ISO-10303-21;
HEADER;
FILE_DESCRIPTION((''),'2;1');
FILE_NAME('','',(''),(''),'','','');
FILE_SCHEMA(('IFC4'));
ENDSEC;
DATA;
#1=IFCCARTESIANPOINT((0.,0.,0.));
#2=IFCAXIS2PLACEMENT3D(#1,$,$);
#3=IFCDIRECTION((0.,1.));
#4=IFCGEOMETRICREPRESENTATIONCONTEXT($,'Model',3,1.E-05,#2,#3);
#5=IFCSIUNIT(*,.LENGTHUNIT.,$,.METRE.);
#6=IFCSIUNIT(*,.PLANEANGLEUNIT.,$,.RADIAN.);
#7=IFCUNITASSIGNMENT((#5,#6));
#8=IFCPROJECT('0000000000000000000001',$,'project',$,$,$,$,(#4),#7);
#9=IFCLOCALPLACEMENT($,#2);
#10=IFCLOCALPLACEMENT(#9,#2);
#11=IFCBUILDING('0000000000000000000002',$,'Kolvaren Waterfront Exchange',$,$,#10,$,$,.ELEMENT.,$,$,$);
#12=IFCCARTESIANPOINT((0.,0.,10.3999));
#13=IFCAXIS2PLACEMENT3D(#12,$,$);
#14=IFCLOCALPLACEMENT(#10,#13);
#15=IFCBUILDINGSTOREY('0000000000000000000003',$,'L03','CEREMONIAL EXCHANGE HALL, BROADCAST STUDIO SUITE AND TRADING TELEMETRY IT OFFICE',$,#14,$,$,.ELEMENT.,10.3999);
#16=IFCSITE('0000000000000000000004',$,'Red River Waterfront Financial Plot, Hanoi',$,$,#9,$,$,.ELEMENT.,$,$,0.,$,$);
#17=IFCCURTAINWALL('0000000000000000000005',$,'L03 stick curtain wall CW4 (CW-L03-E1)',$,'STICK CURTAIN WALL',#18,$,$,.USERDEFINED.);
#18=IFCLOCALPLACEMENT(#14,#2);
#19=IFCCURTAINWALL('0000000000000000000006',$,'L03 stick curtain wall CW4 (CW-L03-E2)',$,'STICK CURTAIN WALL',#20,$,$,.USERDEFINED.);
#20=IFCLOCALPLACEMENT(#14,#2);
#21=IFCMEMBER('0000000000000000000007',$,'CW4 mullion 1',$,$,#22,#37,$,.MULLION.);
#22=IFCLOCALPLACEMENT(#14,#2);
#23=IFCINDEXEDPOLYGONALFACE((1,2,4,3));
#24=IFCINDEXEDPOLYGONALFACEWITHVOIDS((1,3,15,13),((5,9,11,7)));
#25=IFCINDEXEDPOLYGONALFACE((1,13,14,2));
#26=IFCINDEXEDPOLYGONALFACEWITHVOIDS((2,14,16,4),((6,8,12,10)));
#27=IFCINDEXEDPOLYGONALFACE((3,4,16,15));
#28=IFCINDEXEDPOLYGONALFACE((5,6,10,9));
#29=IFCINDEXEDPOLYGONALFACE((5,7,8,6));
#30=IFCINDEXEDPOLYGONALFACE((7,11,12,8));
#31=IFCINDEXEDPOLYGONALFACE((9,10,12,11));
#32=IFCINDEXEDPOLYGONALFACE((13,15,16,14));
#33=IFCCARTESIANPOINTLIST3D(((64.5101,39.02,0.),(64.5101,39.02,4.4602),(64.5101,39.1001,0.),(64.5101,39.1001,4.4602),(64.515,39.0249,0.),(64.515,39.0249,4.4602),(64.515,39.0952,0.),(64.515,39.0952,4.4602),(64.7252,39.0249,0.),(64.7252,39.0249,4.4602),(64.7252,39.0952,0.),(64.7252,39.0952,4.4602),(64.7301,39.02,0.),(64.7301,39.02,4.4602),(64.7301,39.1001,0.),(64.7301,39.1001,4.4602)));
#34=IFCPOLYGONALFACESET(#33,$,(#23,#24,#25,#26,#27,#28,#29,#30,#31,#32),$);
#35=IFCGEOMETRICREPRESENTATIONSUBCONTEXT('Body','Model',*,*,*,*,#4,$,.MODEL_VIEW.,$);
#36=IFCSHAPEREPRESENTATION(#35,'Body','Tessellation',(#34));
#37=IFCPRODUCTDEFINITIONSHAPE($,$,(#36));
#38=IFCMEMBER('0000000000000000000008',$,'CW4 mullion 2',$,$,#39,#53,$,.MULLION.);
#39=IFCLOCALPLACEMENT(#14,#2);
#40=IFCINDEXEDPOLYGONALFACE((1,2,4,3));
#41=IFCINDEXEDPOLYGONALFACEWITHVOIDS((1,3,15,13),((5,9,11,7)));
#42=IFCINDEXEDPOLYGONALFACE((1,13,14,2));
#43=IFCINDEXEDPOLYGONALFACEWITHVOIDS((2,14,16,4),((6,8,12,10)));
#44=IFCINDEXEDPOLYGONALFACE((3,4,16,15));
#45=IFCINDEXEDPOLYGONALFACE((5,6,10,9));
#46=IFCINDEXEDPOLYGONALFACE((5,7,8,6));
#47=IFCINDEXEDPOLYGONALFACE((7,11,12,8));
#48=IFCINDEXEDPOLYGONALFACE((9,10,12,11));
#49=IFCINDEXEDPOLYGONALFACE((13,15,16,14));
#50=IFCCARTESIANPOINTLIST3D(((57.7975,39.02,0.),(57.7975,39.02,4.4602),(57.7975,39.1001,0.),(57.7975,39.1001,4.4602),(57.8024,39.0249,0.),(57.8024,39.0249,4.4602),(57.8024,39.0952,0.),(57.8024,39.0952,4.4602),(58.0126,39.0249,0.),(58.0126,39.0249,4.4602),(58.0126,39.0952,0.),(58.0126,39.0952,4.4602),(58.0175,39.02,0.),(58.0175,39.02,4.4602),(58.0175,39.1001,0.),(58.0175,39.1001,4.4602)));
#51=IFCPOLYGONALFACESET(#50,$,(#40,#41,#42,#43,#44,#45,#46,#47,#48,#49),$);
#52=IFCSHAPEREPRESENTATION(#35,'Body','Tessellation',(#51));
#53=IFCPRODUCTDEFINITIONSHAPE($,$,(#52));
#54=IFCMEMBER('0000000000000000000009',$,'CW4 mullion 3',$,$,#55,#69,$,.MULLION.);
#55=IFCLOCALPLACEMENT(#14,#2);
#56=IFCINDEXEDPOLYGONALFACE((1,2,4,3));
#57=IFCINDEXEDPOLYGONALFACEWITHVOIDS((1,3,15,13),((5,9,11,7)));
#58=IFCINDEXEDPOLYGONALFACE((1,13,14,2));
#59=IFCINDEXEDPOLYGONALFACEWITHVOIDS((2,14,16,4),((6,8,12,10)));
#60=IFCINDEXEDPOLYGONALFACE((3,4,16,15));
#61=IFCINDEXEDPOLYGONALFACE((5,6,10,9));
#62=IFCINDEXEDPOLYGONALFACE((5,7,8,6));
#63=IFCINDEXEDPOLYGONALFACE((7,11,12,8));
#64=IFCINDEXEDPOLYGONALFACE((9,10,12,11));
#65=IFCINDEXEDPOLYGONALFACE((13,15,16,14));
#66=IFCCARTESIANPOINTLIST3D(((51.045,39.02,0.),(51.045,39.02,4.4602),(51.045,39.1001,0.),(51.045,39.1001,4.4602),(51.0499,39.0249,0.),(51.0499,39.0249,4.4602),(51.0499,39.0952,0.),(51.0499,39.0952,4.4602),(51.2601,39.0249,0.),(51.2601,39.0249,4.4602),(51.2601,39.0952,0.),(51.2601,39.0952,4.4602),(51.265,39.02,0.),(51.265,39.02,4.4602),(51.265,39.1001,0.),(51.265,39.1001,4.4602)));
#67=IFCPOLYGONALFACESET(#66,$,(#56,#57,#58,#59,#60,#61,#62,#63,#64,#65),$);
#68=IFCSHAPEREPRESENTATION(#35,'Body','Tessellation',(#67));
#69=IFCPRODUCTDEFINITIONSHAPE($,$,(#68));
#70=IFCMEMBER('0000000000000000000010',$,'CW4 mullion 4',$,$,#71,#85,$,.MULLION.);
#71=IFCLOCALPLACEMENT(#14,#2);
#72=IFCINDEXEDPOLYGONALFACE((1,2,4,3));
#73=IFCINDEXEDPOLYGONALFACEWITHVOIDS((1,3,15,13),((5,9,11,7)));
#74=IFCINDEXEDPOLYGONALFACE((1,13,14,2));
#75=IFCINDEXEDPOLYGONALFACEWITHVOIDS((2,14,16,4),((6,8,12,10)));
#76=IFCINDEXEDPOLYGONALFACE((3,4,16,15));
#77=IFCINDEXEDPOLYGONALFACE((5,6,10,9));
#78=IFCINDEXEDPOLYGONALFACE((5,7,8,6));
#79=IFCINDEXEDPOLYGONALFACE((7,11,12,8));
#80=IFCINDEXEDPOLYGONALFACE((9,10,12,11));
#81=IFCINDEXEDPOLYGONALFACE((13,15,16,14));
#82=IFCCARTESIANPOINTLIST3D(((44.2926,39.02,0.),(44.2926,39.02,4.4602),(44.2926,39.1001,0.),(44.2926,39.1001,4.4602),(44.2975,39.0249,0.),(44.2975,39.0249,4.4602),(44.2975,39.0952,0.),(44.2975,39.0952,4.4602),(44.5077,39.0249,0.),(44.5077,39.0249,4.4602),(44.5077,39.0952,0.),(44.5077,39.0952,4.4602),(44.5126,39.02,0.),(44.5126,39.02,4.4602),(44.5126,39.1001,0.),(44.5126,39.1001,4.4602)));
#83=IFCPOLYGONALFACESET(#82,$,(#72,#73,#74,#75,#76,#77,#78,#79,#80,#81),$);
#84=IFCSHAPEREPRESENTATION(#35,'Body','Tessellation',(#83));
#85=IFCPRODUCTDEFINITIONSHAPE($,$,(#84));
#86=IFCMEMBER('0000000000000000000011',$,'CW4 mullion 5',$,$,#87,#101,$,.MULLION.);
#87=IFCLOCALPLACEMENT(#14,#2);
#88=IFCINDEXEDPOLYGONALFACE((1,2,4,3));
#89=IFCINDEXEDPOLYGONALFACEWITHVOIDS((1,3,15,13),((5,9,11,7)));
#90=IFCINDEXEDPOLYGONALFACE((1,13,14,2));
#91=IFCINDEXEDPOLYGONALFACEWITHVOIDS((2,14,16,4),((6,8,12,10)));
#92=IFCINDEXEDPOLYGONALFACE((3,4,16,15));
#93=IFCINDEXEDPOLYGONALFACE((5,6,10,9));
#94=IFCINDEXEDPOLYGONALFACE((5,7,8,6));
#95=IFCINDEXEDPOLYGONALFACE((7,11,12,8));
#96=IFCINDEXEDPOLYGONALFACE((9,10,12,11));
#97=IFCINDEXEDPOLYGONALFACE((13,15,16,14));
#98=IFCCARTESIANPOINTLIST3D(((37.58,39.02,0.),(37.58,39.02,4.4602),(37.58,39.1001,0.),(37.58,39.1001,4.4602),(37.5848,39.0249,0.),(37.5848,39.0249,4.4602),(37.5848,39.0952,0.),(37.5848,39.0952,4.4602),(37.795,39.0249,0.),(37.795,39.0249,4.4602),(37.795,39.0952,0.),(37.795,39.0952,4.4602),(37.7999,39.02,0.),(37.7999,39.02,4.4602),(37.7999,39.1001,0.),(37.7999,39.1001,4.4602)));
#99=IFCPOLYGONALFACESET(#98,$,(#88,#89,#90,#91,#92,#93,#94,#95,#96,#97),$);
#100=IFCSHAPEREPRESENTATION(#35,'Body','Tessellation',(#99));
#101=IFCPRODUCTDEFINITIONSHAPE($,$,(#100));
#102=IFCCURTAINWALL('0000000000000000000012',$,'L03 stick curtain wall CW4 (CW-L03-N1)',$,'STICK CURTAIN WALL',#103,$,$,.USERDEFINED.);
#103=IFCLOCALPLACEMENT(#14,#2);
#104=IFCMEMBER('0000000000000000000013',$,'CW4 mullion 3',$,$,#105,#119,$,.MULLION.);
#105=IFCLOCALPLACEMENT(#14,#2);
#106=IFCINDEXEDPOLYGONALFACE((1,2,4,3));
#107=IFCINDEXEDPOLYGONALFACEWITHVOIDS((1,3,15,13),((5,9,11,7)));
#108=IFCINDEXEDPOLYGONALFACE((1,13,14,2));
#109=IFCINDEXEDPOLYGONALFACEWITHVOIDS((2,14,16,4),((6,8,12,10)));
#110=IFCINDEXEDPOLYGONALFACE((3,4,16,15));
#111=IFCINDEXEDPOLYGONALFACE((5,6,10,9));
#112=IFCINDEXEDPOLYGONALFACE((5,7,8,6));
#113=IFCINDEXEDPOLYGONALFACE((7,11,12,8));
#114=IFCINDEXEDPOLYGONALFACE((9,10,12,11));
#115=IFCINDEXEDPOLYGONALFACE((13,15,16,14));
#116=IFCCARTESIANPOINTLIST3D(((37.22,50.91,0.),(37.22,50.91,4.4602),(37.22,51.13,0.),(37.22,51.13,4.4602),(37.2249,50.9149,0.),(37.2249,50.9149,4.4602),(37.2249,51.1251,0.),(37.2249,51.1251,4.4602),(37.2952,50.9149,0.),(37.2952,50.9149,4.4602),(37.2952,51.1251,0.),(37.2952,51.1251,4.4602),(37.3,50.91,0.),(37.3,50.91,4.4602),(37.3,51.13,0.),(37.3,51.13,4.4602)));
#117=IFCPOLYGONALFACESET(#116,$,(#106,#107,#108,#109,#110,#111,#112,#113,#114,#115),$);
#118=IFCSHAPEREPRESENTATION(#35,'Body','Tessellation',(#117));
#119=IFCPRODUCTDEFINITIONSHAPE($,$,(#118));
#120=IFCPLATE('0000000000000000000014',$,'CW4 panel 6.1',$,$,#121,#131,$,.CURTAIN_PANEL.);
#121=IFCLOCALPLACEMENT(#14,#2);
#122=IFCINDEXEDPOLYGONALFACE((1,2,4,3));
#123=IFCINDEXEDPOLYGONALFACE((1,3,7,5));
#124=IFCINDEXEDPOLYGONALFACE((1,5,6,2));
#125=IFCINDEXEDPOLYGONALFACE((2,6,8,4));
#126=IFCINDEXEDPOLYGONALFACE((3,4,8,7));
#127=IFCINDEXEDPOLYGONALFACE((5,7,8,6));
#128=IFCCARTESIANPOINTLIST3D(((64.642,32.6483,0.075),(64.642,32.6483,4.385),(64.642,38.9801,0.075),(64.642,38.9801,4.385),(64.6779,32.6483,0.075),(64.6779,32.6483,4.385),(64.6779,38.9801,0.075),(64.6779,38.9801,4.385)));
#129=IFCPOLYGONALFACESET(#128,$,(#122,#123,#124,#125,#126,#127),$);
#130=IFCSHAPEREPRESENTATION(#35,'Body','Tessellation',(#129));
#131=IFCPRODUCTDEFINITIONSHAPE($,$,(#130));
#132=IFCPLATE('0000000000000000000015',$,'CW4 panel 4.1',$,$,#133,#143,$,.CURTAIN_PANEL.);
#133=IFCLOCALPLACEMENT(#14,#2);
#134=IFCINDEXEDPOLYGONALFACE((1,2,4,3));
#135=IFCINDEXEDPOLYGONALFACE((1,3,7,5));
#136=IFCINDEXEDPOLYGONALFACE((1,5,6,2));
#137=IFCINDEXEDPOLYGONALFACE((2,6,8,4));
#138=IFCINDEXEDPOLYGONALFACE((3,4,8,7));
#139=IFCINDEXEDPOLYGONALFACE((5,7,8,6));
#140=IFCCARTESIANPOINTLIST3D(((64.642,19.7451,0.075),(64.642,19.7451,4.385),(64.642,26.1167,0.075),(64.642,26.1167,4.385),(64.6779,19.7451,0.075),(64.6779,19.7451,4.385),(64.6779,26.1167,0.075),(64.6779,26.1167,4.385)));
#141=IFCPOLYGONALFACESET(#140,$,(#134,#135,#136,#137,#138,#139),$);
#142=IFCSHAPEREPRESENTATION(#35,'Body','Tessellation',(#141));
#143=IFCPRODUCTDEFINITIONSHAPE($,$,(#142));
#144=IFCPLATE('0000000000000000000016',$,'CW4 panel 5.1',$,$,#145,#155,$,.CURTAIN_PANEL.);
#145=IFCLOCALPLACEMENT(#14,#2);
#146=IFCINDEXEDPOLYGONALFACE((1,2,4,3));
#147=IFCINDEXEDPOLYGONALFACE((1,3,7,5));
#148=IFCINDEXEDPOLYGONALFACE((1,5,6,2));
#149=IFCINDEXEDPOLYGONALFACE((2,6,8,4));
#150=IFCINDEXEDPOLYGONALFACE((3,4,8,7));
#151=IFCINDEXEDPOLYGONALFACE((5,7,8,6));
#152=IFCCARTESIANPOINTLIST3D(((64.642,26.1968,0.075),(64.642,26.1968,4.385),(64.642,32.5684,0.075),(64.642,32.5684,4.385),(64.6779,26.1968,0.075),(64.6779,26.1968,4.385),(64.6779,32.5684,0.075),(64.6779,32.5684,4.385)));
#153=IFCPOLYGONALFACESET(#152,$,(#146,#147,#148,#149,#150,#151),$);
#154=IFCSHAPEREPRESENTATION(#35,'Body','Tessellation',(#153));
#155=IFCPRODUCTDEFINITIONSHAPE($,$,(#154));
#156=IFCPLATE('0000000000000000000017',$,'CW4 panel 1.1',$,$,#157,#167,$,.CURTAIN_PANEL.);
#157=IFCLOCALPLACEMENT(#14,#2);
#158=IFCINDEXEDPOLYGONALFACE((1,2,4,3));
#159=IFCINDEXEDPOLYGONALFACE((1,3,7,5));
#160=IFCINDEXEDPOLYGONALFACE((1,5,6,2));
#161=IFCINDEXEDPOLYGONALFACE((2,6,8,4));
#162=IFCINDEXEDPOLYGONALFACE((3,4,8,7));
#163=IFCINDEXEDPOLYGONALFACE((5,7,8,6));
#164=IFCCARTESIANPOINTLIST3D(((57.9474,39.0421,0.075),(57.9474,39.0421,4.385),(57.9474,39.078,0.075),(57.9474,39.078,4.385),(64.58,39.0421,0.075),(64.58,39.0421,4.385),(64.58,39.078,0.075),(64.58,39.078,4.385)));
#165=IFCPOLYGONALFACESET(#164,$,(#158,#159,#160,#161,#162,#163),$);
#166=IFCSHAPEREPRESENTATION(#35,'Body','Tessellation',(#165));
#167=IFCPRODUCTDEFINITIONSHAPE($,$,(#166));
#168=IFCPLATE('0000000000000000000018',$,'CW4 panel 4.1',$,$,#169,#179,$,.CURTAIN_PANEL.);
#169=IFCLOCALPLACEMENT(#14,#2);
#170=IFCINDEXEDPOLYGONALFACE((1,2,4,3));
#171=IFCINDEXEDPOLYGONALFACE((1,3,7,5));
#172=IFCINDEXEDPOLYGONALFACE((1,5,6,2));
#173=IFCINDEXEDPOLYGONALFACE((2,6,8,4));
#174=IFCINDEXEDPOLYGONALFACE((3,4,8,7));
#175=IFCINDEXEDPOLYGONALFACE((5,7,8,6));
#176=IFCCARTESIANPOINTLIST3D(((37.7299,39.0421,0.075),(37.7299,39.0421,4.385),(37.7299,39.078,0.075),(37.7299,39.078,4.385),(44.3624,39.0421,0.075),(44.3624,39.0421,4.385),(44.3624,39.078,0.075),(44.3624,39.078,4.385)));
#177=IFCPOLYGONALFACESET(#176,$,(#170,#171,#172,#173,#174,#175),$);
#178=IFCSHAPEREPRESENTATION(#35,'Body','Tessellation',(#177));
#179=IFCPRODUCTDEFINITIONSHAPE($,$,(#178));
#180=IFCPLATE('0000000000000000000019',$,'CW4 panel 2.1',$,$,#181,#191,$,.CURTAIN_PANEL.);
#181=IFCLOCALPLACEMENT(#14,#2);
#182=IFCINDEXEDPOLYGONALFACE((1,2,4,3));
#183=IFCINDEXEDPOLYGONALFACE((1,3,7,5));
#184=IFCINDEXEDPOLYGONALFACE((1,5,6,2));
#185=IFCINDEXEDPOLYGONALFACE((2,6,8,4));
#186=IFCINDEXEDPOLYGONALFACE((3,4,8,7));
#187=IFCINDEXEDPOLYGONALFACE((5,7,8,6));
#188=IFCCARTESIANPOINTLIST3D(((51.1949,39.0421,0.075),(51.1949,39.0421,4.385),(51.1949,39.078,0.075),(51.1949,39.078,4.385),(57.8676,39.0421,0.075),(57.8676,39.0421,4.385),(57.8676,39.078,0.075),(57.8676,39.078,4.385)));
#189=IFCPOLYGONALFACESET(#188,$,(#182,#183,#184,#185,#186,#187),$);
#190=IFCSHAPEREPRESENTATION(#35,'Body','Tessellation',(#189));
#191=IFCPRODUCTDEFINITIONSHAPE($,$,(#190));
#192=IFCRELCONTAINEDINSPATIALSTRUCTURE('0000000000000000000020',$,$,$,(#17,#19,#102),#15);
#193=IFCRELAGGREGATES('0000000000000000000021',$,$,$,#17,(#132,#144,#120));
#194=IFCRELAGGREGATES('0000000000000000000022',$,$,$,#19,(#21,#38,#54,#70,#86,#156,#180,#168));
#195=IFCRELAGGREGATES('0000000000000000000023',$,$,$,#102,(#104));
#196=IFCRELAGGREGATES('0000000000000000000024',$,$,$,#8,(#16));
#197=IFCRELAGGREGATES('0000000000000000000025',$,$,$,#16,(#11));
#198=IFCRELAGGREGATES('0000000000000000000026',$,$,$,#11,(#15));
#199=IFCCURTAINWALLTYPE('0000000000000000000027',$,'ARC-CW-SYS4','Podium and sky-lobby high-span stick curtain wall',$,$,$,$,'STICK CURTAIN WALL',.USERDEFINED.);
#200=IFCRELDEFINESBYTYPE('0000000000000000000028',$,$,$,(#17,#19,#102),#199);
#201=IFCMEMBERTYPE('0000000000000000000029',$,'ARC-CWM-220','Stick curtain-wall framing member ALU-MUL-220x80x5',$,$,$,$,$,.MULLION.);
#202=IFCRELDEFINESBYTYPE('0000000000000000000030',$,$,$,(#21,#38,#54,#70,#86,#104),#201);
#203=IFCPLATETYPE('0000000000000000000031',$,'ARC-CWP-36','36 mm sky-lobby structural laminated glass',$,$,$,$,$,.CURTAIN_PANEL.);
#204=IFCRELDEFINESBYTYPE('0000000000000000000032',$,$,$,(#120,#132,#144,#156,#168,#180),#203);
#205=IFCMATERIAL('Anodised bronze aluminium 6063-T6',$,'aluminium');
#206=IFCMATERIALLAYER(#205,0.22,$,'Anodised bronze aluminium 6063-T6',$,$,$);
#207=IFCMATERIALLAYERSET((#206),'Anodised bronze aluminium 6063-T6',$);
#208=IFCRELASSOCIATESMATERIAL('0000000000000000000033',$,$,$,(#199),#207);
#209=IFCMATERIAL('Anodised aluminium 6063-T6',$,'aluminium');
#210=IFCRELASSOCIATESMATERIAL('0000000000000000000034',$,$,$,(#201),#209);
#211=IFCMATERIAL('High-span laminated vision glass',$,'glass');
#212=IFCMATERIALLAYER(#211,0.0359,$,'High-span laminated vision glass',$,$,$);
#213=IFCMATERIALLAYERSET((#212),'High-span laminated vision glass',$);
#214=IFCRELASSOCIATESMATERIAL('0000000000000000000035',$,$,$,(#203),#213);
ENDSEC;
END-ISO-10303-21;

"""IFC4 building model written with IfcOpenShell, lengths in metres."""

from ifc_helpers import new_model, si_unit, direction, frame, origin, origin_with_axes, origin_2d, place, context, subcontext, project, spatial, rectangle, hollow_rectangle, extrude, source, transform, mapped, material, layer, layer_set, material_profile, profile_set, type_object, element, aggregate, save


model = new_model("IFC4")

# Units and contexts
model_context = context("Model", 3, precision=1e-05, world=origin(), true_north=direction((0.0, 1.0)))
body_context = subcontext(model_context, "Body", "Model", "MODEL_VIEW")
ifc_project = project(units=[si_unit("LENGTHUNIT", "METRE"), si_unit("PLANEANGLEUNIT", "RADIAN")], contexts=[model_context])

# Site, building, storey
site_placement = place(None, origin())
site = spatial("IfcSite", under=ifc_project, at=site_placement, Name="Red River Waterfront Financial Plot, Hanoi", CompositionType="ELEMENT", RefElevation=0.0)
building_placement = place(site_placement, origin())
building = spatial("IfcBuilding", under=site, at=building_placement, Name="Kolvaren Waterfront Exchange", CompositionType="ELEMENT")
storey_placement = place(building_placement, frame((0.0, 0.0, 10.3999)))
storey = spatial("IfcBuildingStorey", under=building, at=storey_placement, Name="L03", Description="CEREMONIAL EXCHANGE HALL, BROADCAST STUDIO SUITE AND TRADING TELEMETRY IT OFFICE", CompositionType="ELEMENT", Elevation=10.3999)

# Curtain walls
ifc_material_1 = material(Name="Anodised bronze aluminium 6063-T6", Category="aluminium")
ifc_layer_1 = layer(ifc_material_1, 0.22, Name="Anodised bronze aluminium 6063-T6")
ifc_layer_set_1 = layer_set([ifc_layer_1], Name="Anodised bronze aluminium 6063-T6")
curtain_wall_type = type_object("IfcCurtainWallType", Name="ARC-CW-SYS4", Description="Podium and sky-lobby high-span stick curtain wall", ElementType="STICK CURTAIN WALL", PredefinedType="USERDEFINED", material=ifc_layer_set_1)
curtain_wall_1_placement = place(storey_placement, origin())
curtain_wall_1 = element("IfcCurtainWall", 1, at=curtain_wall_1_placement, inside=storey, type_object=curtain_wall_type, Name="L03 stick curtain wall CW4 (CW-L03-E1)", ObjectType="STICK CURTAIN WALL", PredefinedType="USERDEFINED")
ifc_material_2 = material(Name="Anodised aluminium 6063-T6", Category="aluminium")
curtain_wall_2_placement = place(storey_placement, origin())
curtain_wall_2 = element("IfcCurtainWall", 2, at=curtain_wall_2_placement, inside=storey, type_object=curtain_wall_type, Name="L03 stick curtain wall CW4 (CW-L03-E2)", ObjectType="STICK CURTAIN WALL", PredefinedType="USERDEFINED")

# Members
ifc_material_profile_1 = material_profile(ifc_material_2, hollow_rectangle(XDim=0.0801, YDim=0.22, WallThickness=0.0049, at=origin_2d()), Name="ALU-MUL-220x80x5")
ifc_profile_set_1 = profile_set([ifc_material_profile_1], Name="Anodised aluminium 6063-T6")
member_type_1 = type_object("IfcMemberType", Name="ARC-CWM-220", Description="Stick curtain-wall framing member ALU-MUL-220x80x5", PredefinedType="MULLION", material=ifc_profile_set_1)
shared_shape_1 = source(origin_with_axes(), body_context, "Body", "SweptSolid", [
    extrude(hollow_rectangle(XDim=0.0801, YDim=0.22, WallThickness=0.0049, at=origin_2d()), origin(), (0.0, 0.0, 1.0), 4.4602),
])
member_1_placement = place(storey_placement, frame((64.6201, 39.0601, 0.0), z_axis=(0.0, 0.0, 1.0), x_axis=(0.0, -1.0, 0.0)))
member_1 = element("IfcMember", 3, at=member_1_placement, type_object=member_type_1, Name="CW4 mullion 1", PredefinedType="MULLION", context=body_context, shape_type="MappedRepresentation", body=[
    mapped(shared_shape_1, transform((0.0, 0.0, 0.0), x_axis=(1.0, 0.0, 0.0), y_axis=(0.0, 1.0, 0.0), z_axis=(0.0, 0.0, 1.0), scale=1.0)),
])
member_2_placement = place(storey_placement, frame((57.9075, 39.0601, 0.0), z_axis=(0.0, 0.0, 1.0), x_axis=(0.0, -1.0, 0.0)))
member_2 = element("IfcMember", 4, at=member_2_placement, type_object=member_type_1, Name="CW4 mullion 2", PredefinedType="MULLION", context=body_context, shape_type="MappedRepresentation", body=[
    mapped(shared_shape_1, transform((0.0, 0.0, 0.0), x_axis=(1.0, 0.0, 0.0), y_axis=(0.0, 1.0, 0.0), z_axis=(0.0, 0.0, 1.0), scale=1.0)),
])
member_3_placement = place(storey_placement, frame((51.155, 39.0601, 0.0), z_axis=(0.0, 0.0, 1.0), x_axis=(0.0, -1.0, 0.0)))
member_3 = element("IfcMember", 5, at=member_3_placement, type_object=member_type_1, Name="CW4 mullion 3", PredefinedType="MULLION", context=body_context, shape_type="MappedRepresentation", body=[
    mapped(shared_shape_1, transform((0.0, 0.0, 0.0), x_axis=(1.0, 0.0, 0.0), y_axis=(0.0, 1.0, 0.0), z_axis=(0.0, 0.0, 1.0), scale=1.0)),
])
member_4_placement = place(storey_placement, frame((44.4026, 39.0601, 0.0), z_axis=(0.0, 0.0, 1.0), x_axis=(0.0, -1.0, 0.0)))
member_4 = element("IfcMember", 6, at=member_4_placement, type_object=member_type_1, Name="CW4 mullion 4", PredefinedType="MULLION", context=body_context, shape_type="MappedRepresentation", body=[
    mapped(shared_shape_1, transform((0.0, 0.0, 0.0), x_axis=(1.0, 0.0, 0.0), y_axis=(0.0, 1.0, 0.0), z_axis=(0.0, 0.0, 1.0), scale=1.0)),
])
member_5_placement = place(storey_placement, frame((37.6899, 39.0601, 0.0), z_axis=(0.0, 0.0, 1.0), x_axis=(0.0, -1.0, 0.0)))
member_5 = element("IfcMember", 7, at=member_5_placement, type_object=member_type_1, Name="CW4 mullion 5", PredefinedType="MULLION", context=body_context, shape_type="MappedRepresentation", body=[
    mapped(shared_shape_1, transform((0.0, 0.0, 0.0), x_axis=(1.0, 0.0, 0.0), y_axis=(0.0, 1.0, 0.0), z_axis=(0.0, 0.0, 1.0), scale=1.0)),
])

# Curtain wall, member
curtain_wall_3_placement = place(storey_placement, origin())
curtain_wall_3 = element("IfcCurtainWall", 8, at=curtain_wall_3_placement, inside=storey, type_object=curtain_wall_type, Name="L03 stick curtain wall CW4 (CW-L03-N1)", ObjectType="STICK CURTAIN WALL", PredefinedType="USERDEFINED")
member_6_placement = place(storey_placement, frame((37.26, 51.02, 0.0), z_axis=(0.0, 0.0, 1.0), x_axis=(-1.0, 0.0, 0.0)))
member_6 = element("IfcMember", 9, at=member_6_placement, type_object=member_type_1, Name="CW4 mullion 3", PredefinedType="MULLION", context=body_context, shape_type="MappedRepresentation", body=[
    mapped(shared_shape_1, transform((0.0, 0.0, 0.0), x_axis=(1.0, 0.0, 0.0), y_axis=(0.0, 1.0, 0.0), z_axis=(0.0, 0.0, 1.0), scale=1.0)),
])

# Plates
ifc_material_3 = material(Name="High-span laminated vision glass", Category="glass")
ifc_layer_2 = layer(ifc_material_3, 0.0359, Name="High-span laminated vision glass")
ifc_layer_set_2 = layer_set([ifc_layer_2], Name="High-span laminated vision glass")
plate_type = type_object("IfcPlateType", Name="ARC-CWP-36", Description="36 mm sky-lobby structural laminated glass", PredefinedType="CURTAIN_PANEL", material=ifc_layer_set_2)
shared_shape_2 = source(origin_with_axes(), body_context, "Body", "SweptSolid", [
    extrude(rectangle(XDim=6.3318, YDim=0.0359, at=origin_2d()), origin(), (0.0, 0.0, 1.0), 4.3101),
])
plate_1_placement = place(storey_placement, frame((64.6599, 35.8142, 0.075), z_axis=(0.0, 0.0, 1.0), x_axis=(0.0, 1.0, 0.0)))
plate_1 = element("IfcPlate", 10, at=plate_1_placement, type_object=plate_type, Name="CW4 panel 6.1", PredefinedType="CURTAIN_PANEL", context=body_context, shape_type="MappedRepresentation", body=[
    mapped(shared_shape_2, transform((0.0, 0.0, 0.0), x_axis=(1.0, 0.0, 0.0), y_axis=(0.0, 1.0, 0.0), z_axis=(0.0, 0.0, 1.0), scale=1.0)),
])
shared_shape_3 = source(origin_with_axes(), body_context, "Body", "SweptSolid", [
    extrude(rectangle(XDim=6.3716, YDim=0.0359, at=origin_2d()), origin(), (0.0, 0.0, 1.0), 4.3101),
])
plate_2_placement = place(storey_placement, frame((64.6599, 22.9309, 0.075), z_axis=(0.0, 0.0, 1.0), x_axis=(0.0, 1.0, 0.0)))
plate_2 = element("IfcPlate", 11, at=plate_2_placement, type_object=plate_type, Name="CW4 panel 4.1", PredefinedType="CURTAIN_PANEL", context=body_context, shape_type="MappedRepresentation", body=[
    mapped(shared_shape_3, transform((0.0, 0.0, 0.0), x_axis=(1.0, 0.0, 0.0), y_axis=(0.0, 1.0, 0.0), z_axis=(0.0, 0.0, 1.0), scale=1.0)),
])
plate_3_placement = place(storey_placement, frame((64.6599, 29.3826, 0.075), z_axis=(0.0, 0.0, 1.0), x_axis=(0.0, 1.0, 0.0)))
plate_3 = element("IfcPlate", 12, at=plate_3_placement, type_object=plate_type, Name="CW4 panel 5.1", PredefinedType="CURTAIN_PANEL", context=body_context, shape_type="MappedRepresentation", body=[
    mapped(shared_shape_3, transform((0.0, 0.0, 0.0), x_axis=(1.0, 0.0, 0.0), y_axis=(0.0, 1.0, 0.0), z_axis=(0.0, 0.0, 1.0), scale=1.0)),
])
aggregate(curtain_wall_1, [plate_2, plate_3, plate_1])
shared_shape_4 = source(origin_with_axes(), body_context, "Body", "SweptSolid", [
    extrude(rectangle(XDim=6.6326, YDim=0.0359, at=origin_2d()), origin(), (0.0, 0.0, 1.0), 4.3101),
])
plate_4_placement = place(storey_placement, frame((61.2637, 39.0601, 0.075), z_axis=(0.0, 0.0, 1.0), x_axis=(-1.0, 0.0, 0.0)))
plate_4 = element("IfcPlate", 13, at=plate_4_placement, type_object=plate_type, Name="CW4 panel 1.1", PredefinedType="CURTAIN_PANEL", context=body_context, shape_type="MappedRepresentation", body=[
    mapped(shared_shape_4, transform((0.0, 0.0, 0.0), x_axis=(1.0, 0.0, 0.0), y_axis=(0.0, 1.0, 0.0), z_axis=(0.0, 0.0, 1.0), scale=1.0)),
])
plate_5_placement = place(storey_placement, frame((41.0461, 39.0601, 0.075), z_axis=(0.0, 0.0, 1.0), x_axis=(-1.0, 0.0, 0.0)))
plate_5 = element("IfcPlate", 14, at=plate_5_placement, type_object=plate_type, Name="CW4 panel 4.1", PredefinedType="CURTAIN_PANEL", context=body_context, shape_type="MappedRepresentation", body=[
    mapped(shared_shape_4, transform((0.0, 0.0, 0.0), x_axis=(1.0, 0.0, 0.0), y_axis=(0.0, 1.0, 0.0), z_axis=(0.0, 0.0, 1.0), scale=1.0)),
])
shared_shape_5 = source(origin_with_axes(), body_context, "Body", "SweptSolid", [
    extrude(rectangle(XDim=6.6726, YDim=0.0359, at=origin_2d()), origin(), (0.0, 0.0, 1.0), 4.3101),
])
plate_6_placement = place(storey_placement, frame((54.5312, 39.0601, 0.075), z_axis=(0.0, 0.0, 1.0), x_axis=(-1.0, 0.0, 0.0)))
plate_6 = element("IfcPlate", 15, at=plate_6_placement, type_object=plate_type, Name="CW4 panel 2.1", PredefinedType="CURTAIN_PANEL", context=body_context, shape_type="MappedRepresentation", body=[
    mapped(shared_shape_5, transform((0.0, 0.0, 0.0), x_axis=(1.0, 0.0, 0.0), y_axis=(0.0, 1.0, 0.0), z_axis=(0.0, 0.0, 1.0), scale=1.0)),
])
aggregate(curtain_wall_2, [member_1, member_2, member_3, member_4, member_5, plate_4, plate_6, plate_5])
aggregate(curtain_wall_3, [member_6])

save(model, "model.ifc")
